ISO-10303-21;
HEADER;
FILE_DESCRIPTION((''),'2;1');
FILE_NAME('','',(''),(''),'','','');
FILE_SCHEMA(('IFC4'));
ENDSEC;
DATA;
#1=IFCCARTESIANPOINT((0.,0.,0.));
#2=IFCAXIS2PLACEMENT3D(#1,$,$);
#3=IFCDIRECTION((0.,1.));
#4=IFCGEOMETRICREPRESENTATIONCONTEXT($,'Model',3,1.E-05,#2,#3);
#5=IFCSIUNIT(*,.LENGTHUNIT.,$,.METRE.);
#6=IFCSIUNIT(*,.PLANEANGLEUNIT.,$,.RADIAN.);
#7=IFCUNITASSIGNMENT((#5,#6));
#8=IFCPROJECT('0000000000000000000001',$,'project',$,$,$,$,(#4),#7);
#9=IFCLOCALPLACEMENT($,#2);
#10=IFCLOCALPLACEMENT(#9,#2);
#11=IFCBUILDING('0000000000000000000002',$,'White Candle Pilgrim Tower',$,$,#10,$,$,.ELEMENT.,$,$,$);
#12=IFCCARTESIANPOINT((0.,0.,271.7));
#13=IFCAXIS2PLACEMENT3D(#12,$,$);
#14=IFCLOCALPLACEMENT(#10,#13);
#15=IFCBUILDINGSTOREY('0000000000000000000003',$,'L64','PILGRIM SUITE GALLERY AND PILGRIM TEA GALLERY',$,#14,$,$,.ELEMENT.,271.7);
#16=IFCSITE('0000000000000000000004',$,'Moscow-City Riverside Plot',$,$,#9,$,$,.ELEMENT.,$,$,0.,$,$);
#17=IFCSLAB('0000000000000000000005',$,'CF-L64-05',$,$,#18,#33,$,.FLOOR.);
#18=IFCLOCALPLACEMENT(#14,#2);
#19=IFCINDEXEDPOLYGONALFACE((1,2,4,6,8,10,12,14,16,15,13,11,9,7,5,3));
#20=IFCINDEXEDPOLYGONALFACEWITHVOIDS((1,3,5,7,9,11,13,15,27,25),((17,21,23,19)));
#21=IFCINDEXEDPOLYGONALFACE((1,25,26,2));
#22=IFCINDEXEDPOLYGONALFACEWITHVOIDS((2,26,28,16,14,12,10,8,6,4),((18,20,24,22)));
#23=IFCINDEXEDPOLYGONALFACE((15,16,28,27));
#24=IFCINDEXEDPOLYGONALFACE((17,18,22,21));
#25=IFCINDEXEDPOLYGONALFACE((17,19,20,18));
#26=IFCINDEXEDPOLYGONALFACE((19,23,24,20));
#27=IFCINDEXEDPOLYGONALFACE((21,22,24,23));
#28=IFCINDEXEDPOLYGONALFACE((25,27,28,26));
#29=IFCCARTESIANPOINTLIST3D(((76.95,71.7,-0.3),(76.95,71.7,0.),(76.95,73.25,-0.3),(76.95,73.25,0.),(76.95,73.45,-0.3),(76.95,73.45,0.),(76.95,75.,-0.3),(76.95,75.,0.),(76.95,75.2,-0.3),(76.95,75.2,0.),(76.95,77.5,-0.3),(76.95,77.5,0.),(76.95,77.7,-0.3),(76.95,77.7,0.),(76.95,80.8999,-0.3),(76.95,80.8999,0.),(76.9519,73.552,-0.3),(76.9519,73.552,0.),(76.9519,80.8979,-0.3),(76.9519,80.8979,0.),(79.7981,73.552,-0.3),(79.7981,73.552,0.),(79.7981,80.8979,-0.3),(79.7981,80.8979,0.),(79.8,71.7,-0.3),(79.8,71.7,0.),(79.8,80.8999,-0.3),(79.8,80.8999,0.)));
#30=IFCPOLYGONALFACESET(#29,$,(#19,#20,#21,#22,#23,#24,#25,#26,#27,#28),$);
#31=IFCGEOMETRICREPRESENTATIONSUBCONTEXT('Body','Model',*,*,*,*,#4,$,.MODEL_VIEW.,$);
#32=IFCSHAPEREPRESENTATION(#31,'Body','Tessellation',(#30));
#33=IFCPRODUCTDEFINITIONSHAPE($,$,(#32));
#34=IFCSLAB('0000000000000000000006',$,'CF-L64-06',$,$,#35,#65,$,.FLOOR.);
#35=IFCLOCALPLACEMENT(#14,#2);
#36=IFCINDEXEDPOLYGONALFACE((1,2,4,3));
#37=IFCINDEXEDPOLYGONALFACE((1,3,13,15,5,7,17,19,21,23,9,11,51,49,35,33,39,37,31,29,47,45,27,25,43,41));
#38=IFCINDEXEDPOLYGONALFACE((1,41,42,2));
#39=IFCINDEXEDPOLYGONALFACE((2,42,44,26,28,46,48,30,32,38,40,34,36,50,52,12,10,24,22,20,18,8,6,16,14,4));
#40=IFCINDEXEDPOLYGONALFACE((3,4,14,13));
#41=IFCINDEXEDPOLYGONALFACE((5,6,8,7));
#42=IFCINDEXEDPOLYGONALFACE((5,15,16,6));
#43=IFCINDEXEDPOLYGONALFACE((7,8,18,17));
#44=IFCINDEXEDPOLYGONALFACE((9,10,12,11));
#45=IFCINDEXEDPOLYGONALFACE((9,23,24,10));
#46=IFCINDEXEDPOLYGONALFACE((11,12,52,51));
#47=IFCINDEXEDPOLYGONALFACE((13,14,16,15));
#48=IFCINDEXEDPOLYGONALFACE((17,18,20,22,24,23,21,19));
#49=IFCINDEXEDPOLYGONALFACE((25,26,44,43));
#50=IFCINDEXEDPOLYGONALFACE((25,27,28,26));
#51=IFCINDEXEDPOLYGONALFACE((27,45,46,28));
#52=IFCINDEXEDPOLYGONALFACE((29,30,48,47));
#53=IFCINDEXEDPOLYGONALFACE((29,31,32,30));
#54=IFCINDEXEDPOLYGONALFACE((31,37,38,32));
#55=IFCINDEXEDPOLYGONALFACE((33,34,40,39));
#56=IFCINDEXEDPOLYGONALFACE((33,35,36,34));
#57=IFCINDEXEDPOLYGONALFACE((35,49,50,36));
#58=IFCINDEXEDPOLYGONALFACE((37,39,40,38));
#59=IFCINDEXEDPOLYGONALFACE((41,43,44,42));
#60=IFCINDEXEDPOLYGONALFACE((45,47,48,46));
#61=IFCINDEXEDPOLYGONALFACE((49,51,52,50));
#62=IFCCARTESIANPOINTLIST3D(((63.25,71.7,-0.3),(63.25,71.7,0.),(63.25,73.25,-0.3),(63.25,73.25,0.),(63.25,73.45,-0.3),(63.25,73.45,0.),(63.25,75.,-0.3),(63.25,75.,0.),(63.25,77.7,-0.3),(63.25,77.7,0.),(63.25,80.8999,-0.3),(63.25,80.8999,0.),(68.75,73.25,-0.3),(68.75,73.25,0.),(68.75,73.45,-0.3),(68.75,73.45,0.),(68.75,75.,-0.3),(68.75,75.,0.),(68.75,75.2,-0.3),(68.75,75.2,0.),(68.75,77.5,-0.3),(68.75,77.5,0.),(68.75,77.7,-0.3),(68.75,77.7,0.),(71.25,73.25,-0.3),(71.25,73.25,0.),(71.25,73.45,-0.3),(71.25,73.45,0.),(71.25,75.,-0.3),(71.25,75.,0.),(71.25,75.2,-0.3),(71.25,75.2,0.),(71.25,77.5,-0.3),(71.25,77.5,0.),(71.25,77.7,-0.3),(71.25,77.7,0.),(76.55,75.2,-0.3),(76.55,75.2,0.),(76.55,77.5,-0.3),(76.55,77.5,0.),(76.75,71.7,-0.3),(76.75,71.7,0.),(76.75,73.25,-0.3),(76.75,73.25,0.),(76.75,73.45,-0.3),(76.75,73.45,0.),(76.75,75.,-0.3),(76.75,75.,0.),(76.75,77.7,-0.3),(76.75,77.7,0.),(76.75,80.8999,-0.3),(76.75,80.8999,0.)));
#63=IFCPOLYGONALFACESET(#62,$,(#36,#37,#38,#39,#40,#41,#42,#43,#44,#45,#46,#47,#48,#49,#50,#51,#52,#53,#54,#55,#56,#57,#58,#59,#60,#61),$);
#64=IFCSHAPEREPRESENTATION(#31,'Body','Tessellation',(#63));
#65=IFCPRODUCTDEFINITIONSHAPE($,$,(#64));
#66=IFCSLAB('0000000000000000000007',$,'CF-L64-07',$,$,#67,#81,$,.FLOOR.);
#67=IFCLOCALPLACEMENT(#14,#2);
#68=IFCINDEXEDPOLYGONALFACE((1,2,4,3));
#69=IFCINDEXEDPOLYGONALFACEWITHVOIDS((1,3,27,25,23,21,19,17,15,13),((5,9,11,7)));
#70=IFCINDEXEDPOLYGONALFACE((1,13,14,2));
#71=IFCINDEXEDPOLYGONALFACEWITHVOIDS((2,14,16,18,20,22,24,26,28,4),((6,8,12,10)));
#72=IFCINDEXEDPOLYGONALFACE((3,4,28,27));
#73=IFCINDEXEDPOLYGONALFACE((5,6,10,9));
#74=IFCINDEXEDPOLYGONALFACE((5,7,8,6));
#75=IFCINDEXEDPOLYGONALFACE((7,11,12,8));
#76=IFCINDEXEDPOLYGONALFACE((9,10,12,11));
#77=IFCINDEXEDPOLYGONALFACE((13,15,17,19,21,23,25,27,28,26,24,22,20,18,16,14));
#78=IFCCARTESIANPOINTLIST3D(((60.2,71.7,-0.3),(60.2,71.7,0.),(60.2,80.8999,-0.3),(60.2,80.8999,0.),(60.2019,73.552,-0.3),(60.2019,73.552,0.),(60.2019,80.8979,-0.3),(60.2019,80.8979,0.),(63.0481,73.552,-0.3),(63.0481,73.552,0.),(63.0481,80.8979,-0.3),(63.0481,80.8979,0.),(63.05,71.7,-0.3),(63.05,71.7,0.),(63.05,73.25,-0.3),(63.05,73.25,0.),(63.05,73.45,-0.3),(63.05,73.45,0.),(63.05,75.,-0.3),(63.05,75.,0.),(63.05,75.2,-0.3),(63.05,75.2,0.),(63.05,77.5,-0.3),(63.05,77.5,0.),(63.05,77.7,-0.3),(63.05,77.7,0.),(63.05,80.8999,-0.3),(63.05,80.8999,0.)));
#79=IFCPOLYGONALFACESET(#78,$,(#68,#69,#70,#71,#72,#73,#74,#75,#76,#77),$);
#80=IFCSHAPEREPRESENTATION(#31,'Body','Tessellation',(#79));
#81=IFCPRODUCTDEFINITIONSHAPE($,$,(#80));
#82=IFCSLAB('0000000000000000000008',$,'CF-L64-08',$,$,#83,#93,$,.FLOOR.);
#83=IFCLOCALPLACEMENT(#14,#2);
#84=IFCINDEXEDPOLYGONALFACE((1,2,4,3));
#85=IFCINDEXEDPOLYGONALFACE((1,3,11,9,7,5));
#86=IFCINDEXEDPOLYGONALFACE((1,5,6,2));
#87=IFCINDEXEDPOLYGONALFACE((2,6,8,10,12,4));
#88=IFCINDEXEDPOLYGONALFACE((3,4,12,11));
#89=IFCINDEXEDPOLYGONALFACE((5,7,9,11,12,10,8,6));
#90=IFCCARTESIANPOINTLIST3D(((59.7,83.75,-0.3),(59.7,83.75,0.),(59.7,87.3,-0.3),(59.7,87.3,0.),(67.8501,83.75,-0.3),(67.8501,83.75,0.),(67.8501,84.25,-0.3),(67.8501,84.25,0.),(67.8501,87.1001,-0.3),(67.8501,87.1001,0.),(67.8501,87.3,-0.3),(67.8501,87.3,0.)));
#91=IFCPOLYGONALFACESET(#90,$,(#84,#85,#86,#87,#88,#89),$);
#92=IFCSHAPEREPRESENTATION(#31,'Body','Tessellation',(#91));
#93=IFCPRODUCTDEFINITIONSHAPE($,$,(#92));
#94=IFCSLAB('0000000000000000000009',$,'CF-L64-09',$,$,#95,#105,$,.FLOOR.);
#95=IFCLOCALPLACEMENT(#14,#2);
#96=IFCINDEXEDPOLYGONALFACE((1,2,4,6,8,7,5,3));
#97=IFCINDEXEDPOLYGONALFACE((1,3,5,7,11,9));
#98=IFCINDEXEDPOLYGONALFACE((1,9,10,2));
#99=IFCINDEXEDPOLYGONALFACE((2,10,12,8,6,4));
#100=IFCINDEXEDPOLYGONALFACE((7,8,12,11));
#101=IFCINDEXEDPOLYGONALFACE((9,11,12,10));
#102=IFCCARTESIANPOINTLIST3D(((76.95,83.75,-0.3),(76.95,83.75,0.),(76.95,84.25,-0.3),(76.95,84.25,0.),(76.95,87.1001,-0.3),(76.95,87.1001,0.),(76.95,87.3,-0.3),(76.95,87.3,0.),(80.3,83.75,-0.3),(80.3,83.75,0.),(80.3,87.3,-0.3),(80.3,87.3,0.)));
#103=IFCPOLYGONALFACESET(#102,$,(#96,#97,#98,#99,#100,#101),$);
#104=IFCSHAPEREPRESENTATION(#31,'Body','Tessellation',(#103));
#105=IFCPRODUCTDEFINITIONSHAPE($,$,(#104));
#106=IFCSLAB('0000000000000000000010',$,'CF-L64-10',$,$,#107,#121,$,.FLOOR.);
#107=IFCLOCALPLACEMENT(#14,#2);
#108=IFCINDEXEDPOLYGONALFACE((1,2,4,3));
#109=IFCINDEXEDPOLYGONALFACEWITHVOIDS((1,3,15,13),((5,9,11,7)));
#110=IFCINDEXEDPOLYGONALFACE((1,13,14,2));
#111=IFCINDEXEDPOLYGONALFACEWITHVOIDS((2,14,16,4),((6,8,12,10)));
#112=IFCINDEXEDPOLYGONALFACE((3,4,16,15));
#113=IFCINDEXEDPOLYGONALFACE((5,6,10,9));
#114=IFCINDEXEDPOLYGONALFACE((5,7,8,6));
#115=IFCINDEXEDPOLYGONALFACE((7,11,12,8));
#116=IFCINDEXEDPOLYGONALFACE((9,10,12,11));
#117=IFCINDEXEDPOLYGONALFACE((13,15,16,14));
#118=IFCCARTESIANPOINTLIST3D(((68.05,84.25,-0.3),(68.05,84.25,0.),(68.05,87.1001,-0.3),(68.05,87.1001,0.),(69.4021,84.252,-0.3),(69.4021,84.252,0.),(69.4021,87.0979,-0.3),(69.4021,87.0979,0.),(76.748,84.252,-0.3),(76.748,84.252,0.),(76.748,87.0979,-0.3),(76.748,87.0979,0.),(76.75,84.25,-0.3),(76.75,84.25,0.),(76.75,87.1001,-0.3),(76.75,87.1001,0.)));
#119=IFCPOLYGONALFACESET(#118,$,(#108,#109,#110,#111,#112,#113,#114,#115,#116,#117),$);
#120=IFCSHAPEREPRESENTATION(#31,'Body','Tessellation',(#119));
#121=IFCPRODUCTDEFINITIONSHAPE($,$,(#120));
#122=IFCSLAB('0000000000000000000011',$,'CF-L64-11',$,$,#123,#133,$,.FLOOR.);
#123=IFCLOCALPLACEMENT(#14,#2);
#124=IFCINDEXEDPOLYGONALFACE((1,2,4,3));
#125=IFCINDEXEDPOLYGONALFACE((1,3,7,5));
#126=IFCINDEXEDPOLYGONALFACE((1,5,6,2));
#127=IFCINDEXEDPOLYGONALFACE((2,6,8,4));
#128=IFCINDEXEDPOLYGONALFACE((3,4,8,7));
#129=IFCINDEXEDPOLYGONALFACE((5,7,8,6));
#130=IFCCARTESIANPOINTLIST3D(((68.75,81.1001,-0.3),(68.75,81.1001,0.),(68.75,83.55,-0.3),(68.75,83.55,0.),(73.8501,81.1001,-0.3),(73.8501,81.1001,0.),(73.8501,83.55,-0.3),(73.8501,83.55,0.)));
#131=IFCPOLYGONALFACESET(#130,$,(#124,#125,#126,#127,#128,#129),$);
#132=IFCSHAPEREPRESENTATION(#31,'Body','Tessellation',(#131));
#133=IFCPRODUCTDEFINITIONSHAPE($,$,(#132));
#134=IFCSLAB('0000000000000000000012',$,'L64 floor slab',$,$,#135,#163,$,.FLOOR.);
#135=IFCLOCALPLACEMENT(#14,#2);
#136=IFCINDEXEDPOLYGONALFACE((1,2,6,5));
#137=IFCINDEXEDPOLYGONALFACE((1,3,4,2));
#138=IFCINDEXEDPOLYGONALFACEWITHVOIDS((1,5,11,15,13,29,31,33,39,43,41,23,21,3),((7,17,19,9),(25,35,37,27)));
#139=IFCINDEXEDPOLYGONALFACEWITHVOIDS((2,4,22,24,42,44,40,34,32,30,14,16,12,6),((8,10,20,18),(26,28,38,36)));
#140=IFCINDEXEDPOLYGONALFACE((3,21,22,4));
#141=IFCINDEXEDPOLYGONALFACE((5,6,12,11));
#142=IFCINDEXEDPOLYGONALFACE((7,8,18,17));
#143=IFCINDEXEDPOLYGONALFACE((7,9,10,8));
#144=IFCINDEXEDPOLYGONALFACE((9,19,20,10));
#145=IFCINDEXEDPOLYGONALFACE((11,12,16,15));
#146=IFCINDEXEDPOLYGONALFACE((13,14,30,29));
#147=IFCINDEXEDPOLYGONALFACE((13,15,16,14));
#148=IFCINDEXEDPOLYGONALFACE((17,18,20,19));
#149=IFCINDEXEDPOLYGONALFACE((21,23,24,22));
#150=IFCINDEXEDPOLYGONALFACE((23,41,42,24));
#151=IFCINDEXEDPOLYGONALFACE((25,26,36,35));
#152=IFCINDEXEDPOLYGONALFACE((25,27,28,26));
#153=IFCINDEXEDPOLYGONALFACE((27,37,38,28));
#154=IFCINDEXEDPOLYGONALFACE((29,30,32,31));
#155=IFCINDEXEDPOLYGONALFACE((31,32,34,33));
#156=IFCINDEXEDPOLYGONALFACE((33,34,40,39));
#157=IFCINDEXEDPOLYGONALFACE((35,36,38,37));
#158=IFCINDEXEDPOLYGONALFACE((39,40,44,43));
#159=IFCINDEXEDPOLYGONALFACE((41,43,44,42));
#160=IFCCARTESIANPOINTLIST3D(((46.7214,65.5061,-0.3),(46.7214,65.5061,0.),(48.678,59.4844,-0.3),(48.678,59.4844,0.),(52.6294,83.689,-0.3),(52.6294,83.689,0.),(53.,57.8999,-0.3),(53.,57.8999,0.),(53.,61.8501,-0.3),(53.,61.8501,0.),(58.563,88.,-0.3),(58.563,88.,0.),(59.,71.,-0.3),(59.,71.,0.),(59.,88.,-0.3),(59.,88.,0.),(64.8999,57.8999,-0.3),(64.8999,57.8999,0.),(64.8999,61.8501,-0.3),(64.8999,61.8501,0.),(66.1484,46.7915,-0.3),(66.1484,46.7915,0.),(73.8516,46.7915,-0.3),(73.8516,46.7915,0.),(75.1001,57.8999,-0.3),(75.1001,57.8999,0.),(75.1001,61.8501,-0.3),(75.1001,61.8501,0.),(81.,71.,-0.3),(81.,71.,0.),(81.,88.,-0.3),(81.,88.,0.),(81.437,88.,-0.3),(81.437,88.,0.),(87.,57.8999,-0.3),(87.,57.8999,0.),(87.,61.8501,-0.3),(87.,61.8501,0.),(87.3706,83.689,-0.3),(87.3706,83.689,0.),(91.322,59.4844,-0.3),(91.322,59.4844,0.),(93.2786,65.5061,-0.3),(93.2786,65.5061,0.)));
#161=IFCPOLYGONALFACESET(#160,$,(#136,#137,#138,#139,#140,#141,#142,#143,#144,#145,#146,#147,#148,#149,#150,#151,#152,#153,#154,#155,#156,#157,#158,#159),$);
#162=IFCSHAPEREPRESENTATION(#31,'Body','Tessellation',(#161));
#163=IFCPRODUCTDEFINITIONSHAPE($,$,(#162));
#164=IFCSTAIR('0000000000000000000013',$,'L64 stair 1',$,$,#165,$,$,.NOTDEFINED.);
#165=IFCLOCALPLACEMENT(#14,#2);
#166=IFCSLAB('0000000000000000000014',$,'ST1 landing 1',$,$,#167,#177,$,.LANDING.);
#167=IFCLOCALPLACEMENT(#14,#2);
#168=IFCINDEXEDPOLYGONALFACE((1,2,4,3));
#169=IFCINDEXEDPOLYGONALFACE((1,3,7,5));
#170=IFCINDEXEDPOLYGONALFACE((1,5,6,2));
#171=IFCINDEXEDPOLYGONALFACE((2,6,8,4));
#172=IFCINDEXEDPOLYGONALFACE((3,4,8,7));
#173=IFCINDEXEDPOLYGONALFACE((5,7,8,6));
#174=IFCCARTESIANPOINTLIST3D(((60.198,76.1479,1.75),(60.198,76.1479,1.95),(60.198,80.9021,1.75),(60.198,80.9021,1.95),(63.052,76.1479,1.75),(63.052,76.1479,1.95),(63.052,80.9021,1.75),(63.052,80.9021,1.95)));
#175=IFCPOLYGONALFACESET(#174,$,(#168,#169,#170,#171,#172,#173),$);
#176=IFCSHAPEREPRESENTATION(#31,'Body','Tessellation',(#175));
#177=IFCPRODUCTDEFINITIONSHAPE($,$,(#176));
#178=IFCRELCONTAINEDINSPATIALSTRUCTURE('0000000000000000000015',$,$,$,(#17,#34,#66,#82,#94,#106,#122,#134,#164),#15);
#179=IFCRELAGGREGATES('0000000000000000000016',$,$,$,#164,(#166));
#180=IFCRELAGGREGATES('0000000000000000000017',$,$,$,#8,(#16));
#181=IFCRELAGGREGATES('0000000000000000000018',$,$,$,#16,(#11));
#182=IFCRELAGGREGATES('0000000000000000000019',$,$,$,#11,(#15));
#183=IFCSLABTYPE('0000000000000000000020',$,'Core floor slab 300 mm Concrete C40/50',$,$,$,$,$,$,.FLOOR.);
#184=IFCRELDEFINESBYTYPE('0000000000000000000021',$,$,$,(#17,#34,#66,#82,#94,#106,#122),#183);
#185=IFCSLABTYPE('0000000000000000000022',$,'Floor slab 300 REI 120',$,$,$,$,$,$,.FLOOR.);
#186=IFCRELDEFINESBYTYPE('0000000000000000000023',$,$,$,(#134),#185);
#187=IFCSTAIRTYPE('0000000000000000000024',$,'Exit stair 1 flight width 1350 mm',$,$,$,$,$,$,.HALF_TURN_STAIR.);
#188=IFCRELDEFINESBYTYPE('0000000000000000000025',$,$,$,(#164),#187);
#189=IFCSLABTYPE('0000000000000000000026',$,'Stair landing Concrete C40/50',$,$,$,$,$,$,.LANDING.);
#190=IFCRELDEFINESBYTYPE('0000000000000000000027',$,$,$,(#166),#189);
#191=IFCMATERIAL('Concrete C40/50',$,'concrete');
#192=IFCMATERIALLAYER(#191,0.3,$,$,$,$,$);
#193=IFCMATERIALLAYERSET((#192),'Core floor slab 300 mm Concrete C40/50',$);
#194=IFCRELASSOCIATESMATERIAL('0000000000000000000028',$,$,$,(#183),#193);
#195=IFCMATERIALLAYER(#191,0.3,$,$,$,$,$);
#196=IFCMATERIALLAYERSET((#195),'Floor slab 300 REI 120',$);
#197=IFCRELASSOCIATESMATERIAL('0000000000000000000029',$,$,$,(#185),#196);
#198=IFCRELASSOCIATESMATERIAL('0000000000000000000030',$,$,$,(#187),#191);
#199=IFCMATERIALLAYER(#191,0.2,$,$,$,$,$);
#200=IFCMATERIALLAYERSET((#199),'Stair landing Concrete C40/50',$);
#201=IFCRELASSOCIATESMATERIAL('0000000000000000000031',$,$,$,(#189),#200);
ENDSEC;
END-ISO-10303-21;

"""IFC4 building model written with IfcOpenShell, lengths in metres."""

from ifc_helpers import new_model, si_unit, direction, frame, origin, place, context, subcontext, project, spatial, polyline, outline, extrude, material, layer, layer_set, type_object, element, aggregate, save


model = new_model("IFC4")

# Units and contexts
model_context = context("Model", 3, precision=1e-05, world=origin(), true_north=direction((0.0, 1.0)))
body_context = subcontext(model_context, "Body", "Model", "MODEL_VIEW")
ifc_project = project(units=[si_unit("LENGTHUNIT", "METRE"), si_unit("PLANEANGLEUNIT", "RADIAN")], contexts=[model_context])

# Site, building, storey
site_placement = place(None, origin())
site = spatial("IfcSite", under=ifc_project, at=site_placement, Name="Moscow-City Riverside Plot", CompositionType="ELEMENT", RefElevation=0.0)
building_placement = place(site_placement, origin())
building = spatial("IfcBuilding", under=site, at=building_placement, Name="White Candle Pilgrim Tower", CompositionType="ELEMENT")
storey_placement = place(building_placement, frame((0.0, 0.0, 271.7)))
storey = spatial("IfcBuildingStorey", under=building, at=storey_placement, Name="L64", Description="PILGRIM SUITE GALLERY AND PILGRIM TEA GALLERY", CompositionType="ELEMENT", Elevation=271.7)

# Slabs
ifc_material_1 = material(Name="Concrete C40/50", Category="concrete")
ifc_layer_1 = layer(ifc_material_1, 0.3)
ifc_layer_set_1 = layer_set([ifc_layer_1], Name="Core floor slab 300 mm Concrete C40/50")
slab_type_1 = type_object("IfcSlabType", Name="Core floor slab 300 mm Concrete C40/50", PredefinedType="FLOOR", material=ifc_layer_set_1)
slab_1_placement = place(storey_placement, frame((0.0, 0.0, -0.3)))
element("IfcSlab", 1, at=slab_1_placement, inside=storey, type_object=slab_type_1, Name="CF-L64-05", PredefinedType="FLOOR", context=body_context, shape_type="SweptSolid", body=[
    extrude(outline(polyline([(76.95, 71.7), (76.95, 73.25), (76.95, 73.45), (76.95, 75.0), (76.95, 75.2), (76.95, 77.5), (76.95, 77.7), (76.95, 80.8999), (79.8, 80.8999), (79.8, 71.7), (76.95, 71.7)]), holes=[polyline([(76.9519, 73.552), (79.7981, 73.552), (79.7981, 80.8979), (76.9519, 80.8979), (76.9519, 73.552)])]), origin(), (0.0, 0.0, 1.0), 0.3),
])
slab_2_placement = place(storey_placement, frame((0.0, 0.0, -0.3)))
element("IfcSlab", 2, at=slab_2_placement, inside=storey, type_object=slab_type_1, Name="CF-L64-06", PredefinedType="FLOOR", context=body_context, shape_type="SweptSolid", body=[
    extrude(outline(polyline([(63.25, 71.7), (63.25, 73.25), (68.75, 73.25), (68.75, 73.45), (63.25, 73.45), (63.25, 75.0), (68.75, 75.0), (68.75, 75.2), (68.75, 77.5), (68.75, 77.7), (63.25, 77.7), (63.25, 80.8999), (76.75, 80.8999), (76.75, 77.7), (71.25, 77.7), (71.25, 77.5), (76.55, 77.5), (76.55, 75.2), (71.25, 75.2), (71.25, 75.0), (76.75, 75.0), (76.75, 73.45), (71.25, 73.45), (71.25, 73.25), (76.75, 73.25), (76.75, 71.7), (63.25, 71.7)])), origin(), (0.0, 0.0, 1.0), 0.3),
])
slab_3_placement = place(storey_placement, frame((0.0, 0.0, -0.3)))
element("IfcSlab", 3, at=slab_3_placement, inside=storey, type_object=slab_type_1, Name="CF-L64-07", PredefinedType="FLOOR", context=body_context, shape_type="SweptSolid", body=[
    extrude(outline(polyline([(60.2, 71.7), (60.2, 80.8999), (63.05, 80.8999), (63.05, 77.7), (63.05, 77.5), (63.05, 75.2), (63.05, 75.0), (63.05, 73.45), (63.05, 73.25), (63.05, 71.7), (60.2, 71.7)]), holes=[polyline([(60.2019, 73.552), (63.0481, 73.552), (63.0481, 80.8979), (60.2019, 80.8979), (60.2019, 73.552)])]), origin(), (0.0, 0.0, 1.0), 0.3),
])
slab_4_placement = place(storey_placement, frame((0.0, 0.0, -0.3)))
element("IfcSlab", 4, at=slab_4_placement, inside=storey, type_object=slab_type_1, Name="CF-L64-08", PredefinedType="FLOOR", context=body_context, shape_type="SweptSolid", body=[
    extrude(outline(polyline([(59.7, 87.3), (67.8501, 87.3), (67.8501, 87.1001), (67.8501, 84.25), (67.8501, 83.75), (59.7, 83.75), (59.7, 87.3)])), origin(), (0.0, 0.0, 1.0), 0.3),
])
slab_5_placement = place(storey_placement, frame((0.0, 0.0, -0.3)))
element("IfcSlab", 5, at=slab_5_placement, inside=storey, type_object=slab_type_1, Name="CF-L64-09", PredefinedType="FLOOR", context=body_context, shape_type="SweptSolid", body=[
    extrude(outline(polyline([(80.3, 87.3), (80.3, 83.75), (76.95, 83.75), (76.95, 84.25), (76.95, 87.1001), (76.95, 87.3), (80.3, 87.3)])), origin(), (0.0, 0.0, 1.0), 0.3),
])
slab_6_placement = place(storey_placement, frame((0.0, 0.0, -0.3)))
element("IfcSlab", 6, at=slab_6_placement, inside=storey, type_object=slab_type_1, Name="CF-L64-10", PredefinedType="FLOOR", context=body_context, shape_type="SweptSolid", body=[
    extrude(outline(polyline([(68.05, 87.1001), (76.75, 87.1001), (76.75, 84.25), (68.05, 84.25), (68.05, 87.1001)]), holes=[polyline([(69.4021, 87.0979), (69.4021, 84.252), (76.748, 84.252), (76.748, 87.0979), (69.4021, 87.0979)])]), origin(), (0.0, 0.0, 1.0), 0.3),
])
slab_7_placement = place(storey_placement, frame((0.0, 0.0, -0.3)))
element("IfcSlab", 7, at=slab_7_placement, inside=storey, type_object=slab_type_1, Name="CF-L64-11", PredefinedType="FLOOR", context=body_context, shape_type="SweptSolid", body=[
    extrude(outline(polyline([(73.8501, 83.55), (73.8501, 81.1001), (68.75, 81.1001), (68.75, 83.55), (73.8501, 83.55)])), origin(), (0.0, 0.0, 1.0), 0.3),
])
ifc_layer_2 = layer(ifc_material_1, 0.3)
ifc_layer_set_2 = layer_set([ifc_layer_2], Name="Floor slab 300 REI 120")
slab_type_2 = type_object("IfcSlabType", Name="Floor slab 300 REI 120", PredefinedType="FLOOR", material=ifc_layer_set_2)
slab_8_placement = place(storey_placement, frame((0.0, 0.0, -0.3)))
element("IfcSlab", 8, at=slab_8_placement, inside=storey, type_object=slab_type_2, Name="L64 floor slab", PredefinedType="FLOOR", context=body_context, shape_type="SweptSolid", body=[
    extrude(outline(polyline([(66.1484, 46.7915), (73.8516, 46.7915), (91.322, 59.4844), (93.2786, 65.5061), (87.3706, 83.689), (81.437, 88.0), (81.0, 88.0), (81.0, 71.0), (59.0, 71.0), (59.0, 88.0), (58.563, 88.0), (52.6294, 83.689), (46.7214, 65.5061), (48.678, 59.4844), (66.1484, 46.7915)]), holes=[polyline([(53.0, 57.8999), (53.0, 61.8501), (64.8999, 61.8501), (64.8999, 57.8999), (53.0, 57.8999)]), polyline([(75.1001, 57.8999), (75.1001, 61.8501), (87.0, 61.8501), (87.0, 57.8999), (75.1001, 57.8999)])]), origin(), (0.0, 0.0, 1.0), 0.3),
])

# Stair, slab
stair_type_1 = type_object("IfcStairType", Name="Exit stair 1 flight width 1350 mm", PredefinedType="HALF_TURN_STAIR", material=ifc_material_1)
stair_1_placement = place(storey_placement, origin())
stair_1 = element("IfcStair", 9, at=stair_1_placement, inside=storey, type_object=stair_type_1, Name="L64 stair 1", PredefinedType="NOTDEFINED")
ifc_layer_3 = layer(ifc_material_1, 0.2)
ifc_layer_set_3 = layer_set([ifc_layer_3], Name="Stair landing Concrete C40/50")
slab_type_3 = type_object("IfcSlabType", Name="Stair landing Concrete C40/50", PredefinedType="LANDING", material=ifc_layer_set_3)
slab_9_placement = place(storey_placement, frame((0.0, 0.0, 1.75)))
slab_9 = element("IfcSlab", 10, at=slab_9_placement, type_object=slab_type_3, Name="ST1 landing 1", PredefinedType="LANDING", context=body_context, shape_type="SweptSolid", body=[
    extrude(outline(polyline([(63.052, 76.1479), (60.198, 76.1479), (60.198, 80.9021), (63.052, 80.9021), (63.052, 76.1479)])), origin(), (0.0, 0.0, 1.0), 0.2),
])
aggregate(stair_1, [slab_9])

save(model, "model.ifc")
